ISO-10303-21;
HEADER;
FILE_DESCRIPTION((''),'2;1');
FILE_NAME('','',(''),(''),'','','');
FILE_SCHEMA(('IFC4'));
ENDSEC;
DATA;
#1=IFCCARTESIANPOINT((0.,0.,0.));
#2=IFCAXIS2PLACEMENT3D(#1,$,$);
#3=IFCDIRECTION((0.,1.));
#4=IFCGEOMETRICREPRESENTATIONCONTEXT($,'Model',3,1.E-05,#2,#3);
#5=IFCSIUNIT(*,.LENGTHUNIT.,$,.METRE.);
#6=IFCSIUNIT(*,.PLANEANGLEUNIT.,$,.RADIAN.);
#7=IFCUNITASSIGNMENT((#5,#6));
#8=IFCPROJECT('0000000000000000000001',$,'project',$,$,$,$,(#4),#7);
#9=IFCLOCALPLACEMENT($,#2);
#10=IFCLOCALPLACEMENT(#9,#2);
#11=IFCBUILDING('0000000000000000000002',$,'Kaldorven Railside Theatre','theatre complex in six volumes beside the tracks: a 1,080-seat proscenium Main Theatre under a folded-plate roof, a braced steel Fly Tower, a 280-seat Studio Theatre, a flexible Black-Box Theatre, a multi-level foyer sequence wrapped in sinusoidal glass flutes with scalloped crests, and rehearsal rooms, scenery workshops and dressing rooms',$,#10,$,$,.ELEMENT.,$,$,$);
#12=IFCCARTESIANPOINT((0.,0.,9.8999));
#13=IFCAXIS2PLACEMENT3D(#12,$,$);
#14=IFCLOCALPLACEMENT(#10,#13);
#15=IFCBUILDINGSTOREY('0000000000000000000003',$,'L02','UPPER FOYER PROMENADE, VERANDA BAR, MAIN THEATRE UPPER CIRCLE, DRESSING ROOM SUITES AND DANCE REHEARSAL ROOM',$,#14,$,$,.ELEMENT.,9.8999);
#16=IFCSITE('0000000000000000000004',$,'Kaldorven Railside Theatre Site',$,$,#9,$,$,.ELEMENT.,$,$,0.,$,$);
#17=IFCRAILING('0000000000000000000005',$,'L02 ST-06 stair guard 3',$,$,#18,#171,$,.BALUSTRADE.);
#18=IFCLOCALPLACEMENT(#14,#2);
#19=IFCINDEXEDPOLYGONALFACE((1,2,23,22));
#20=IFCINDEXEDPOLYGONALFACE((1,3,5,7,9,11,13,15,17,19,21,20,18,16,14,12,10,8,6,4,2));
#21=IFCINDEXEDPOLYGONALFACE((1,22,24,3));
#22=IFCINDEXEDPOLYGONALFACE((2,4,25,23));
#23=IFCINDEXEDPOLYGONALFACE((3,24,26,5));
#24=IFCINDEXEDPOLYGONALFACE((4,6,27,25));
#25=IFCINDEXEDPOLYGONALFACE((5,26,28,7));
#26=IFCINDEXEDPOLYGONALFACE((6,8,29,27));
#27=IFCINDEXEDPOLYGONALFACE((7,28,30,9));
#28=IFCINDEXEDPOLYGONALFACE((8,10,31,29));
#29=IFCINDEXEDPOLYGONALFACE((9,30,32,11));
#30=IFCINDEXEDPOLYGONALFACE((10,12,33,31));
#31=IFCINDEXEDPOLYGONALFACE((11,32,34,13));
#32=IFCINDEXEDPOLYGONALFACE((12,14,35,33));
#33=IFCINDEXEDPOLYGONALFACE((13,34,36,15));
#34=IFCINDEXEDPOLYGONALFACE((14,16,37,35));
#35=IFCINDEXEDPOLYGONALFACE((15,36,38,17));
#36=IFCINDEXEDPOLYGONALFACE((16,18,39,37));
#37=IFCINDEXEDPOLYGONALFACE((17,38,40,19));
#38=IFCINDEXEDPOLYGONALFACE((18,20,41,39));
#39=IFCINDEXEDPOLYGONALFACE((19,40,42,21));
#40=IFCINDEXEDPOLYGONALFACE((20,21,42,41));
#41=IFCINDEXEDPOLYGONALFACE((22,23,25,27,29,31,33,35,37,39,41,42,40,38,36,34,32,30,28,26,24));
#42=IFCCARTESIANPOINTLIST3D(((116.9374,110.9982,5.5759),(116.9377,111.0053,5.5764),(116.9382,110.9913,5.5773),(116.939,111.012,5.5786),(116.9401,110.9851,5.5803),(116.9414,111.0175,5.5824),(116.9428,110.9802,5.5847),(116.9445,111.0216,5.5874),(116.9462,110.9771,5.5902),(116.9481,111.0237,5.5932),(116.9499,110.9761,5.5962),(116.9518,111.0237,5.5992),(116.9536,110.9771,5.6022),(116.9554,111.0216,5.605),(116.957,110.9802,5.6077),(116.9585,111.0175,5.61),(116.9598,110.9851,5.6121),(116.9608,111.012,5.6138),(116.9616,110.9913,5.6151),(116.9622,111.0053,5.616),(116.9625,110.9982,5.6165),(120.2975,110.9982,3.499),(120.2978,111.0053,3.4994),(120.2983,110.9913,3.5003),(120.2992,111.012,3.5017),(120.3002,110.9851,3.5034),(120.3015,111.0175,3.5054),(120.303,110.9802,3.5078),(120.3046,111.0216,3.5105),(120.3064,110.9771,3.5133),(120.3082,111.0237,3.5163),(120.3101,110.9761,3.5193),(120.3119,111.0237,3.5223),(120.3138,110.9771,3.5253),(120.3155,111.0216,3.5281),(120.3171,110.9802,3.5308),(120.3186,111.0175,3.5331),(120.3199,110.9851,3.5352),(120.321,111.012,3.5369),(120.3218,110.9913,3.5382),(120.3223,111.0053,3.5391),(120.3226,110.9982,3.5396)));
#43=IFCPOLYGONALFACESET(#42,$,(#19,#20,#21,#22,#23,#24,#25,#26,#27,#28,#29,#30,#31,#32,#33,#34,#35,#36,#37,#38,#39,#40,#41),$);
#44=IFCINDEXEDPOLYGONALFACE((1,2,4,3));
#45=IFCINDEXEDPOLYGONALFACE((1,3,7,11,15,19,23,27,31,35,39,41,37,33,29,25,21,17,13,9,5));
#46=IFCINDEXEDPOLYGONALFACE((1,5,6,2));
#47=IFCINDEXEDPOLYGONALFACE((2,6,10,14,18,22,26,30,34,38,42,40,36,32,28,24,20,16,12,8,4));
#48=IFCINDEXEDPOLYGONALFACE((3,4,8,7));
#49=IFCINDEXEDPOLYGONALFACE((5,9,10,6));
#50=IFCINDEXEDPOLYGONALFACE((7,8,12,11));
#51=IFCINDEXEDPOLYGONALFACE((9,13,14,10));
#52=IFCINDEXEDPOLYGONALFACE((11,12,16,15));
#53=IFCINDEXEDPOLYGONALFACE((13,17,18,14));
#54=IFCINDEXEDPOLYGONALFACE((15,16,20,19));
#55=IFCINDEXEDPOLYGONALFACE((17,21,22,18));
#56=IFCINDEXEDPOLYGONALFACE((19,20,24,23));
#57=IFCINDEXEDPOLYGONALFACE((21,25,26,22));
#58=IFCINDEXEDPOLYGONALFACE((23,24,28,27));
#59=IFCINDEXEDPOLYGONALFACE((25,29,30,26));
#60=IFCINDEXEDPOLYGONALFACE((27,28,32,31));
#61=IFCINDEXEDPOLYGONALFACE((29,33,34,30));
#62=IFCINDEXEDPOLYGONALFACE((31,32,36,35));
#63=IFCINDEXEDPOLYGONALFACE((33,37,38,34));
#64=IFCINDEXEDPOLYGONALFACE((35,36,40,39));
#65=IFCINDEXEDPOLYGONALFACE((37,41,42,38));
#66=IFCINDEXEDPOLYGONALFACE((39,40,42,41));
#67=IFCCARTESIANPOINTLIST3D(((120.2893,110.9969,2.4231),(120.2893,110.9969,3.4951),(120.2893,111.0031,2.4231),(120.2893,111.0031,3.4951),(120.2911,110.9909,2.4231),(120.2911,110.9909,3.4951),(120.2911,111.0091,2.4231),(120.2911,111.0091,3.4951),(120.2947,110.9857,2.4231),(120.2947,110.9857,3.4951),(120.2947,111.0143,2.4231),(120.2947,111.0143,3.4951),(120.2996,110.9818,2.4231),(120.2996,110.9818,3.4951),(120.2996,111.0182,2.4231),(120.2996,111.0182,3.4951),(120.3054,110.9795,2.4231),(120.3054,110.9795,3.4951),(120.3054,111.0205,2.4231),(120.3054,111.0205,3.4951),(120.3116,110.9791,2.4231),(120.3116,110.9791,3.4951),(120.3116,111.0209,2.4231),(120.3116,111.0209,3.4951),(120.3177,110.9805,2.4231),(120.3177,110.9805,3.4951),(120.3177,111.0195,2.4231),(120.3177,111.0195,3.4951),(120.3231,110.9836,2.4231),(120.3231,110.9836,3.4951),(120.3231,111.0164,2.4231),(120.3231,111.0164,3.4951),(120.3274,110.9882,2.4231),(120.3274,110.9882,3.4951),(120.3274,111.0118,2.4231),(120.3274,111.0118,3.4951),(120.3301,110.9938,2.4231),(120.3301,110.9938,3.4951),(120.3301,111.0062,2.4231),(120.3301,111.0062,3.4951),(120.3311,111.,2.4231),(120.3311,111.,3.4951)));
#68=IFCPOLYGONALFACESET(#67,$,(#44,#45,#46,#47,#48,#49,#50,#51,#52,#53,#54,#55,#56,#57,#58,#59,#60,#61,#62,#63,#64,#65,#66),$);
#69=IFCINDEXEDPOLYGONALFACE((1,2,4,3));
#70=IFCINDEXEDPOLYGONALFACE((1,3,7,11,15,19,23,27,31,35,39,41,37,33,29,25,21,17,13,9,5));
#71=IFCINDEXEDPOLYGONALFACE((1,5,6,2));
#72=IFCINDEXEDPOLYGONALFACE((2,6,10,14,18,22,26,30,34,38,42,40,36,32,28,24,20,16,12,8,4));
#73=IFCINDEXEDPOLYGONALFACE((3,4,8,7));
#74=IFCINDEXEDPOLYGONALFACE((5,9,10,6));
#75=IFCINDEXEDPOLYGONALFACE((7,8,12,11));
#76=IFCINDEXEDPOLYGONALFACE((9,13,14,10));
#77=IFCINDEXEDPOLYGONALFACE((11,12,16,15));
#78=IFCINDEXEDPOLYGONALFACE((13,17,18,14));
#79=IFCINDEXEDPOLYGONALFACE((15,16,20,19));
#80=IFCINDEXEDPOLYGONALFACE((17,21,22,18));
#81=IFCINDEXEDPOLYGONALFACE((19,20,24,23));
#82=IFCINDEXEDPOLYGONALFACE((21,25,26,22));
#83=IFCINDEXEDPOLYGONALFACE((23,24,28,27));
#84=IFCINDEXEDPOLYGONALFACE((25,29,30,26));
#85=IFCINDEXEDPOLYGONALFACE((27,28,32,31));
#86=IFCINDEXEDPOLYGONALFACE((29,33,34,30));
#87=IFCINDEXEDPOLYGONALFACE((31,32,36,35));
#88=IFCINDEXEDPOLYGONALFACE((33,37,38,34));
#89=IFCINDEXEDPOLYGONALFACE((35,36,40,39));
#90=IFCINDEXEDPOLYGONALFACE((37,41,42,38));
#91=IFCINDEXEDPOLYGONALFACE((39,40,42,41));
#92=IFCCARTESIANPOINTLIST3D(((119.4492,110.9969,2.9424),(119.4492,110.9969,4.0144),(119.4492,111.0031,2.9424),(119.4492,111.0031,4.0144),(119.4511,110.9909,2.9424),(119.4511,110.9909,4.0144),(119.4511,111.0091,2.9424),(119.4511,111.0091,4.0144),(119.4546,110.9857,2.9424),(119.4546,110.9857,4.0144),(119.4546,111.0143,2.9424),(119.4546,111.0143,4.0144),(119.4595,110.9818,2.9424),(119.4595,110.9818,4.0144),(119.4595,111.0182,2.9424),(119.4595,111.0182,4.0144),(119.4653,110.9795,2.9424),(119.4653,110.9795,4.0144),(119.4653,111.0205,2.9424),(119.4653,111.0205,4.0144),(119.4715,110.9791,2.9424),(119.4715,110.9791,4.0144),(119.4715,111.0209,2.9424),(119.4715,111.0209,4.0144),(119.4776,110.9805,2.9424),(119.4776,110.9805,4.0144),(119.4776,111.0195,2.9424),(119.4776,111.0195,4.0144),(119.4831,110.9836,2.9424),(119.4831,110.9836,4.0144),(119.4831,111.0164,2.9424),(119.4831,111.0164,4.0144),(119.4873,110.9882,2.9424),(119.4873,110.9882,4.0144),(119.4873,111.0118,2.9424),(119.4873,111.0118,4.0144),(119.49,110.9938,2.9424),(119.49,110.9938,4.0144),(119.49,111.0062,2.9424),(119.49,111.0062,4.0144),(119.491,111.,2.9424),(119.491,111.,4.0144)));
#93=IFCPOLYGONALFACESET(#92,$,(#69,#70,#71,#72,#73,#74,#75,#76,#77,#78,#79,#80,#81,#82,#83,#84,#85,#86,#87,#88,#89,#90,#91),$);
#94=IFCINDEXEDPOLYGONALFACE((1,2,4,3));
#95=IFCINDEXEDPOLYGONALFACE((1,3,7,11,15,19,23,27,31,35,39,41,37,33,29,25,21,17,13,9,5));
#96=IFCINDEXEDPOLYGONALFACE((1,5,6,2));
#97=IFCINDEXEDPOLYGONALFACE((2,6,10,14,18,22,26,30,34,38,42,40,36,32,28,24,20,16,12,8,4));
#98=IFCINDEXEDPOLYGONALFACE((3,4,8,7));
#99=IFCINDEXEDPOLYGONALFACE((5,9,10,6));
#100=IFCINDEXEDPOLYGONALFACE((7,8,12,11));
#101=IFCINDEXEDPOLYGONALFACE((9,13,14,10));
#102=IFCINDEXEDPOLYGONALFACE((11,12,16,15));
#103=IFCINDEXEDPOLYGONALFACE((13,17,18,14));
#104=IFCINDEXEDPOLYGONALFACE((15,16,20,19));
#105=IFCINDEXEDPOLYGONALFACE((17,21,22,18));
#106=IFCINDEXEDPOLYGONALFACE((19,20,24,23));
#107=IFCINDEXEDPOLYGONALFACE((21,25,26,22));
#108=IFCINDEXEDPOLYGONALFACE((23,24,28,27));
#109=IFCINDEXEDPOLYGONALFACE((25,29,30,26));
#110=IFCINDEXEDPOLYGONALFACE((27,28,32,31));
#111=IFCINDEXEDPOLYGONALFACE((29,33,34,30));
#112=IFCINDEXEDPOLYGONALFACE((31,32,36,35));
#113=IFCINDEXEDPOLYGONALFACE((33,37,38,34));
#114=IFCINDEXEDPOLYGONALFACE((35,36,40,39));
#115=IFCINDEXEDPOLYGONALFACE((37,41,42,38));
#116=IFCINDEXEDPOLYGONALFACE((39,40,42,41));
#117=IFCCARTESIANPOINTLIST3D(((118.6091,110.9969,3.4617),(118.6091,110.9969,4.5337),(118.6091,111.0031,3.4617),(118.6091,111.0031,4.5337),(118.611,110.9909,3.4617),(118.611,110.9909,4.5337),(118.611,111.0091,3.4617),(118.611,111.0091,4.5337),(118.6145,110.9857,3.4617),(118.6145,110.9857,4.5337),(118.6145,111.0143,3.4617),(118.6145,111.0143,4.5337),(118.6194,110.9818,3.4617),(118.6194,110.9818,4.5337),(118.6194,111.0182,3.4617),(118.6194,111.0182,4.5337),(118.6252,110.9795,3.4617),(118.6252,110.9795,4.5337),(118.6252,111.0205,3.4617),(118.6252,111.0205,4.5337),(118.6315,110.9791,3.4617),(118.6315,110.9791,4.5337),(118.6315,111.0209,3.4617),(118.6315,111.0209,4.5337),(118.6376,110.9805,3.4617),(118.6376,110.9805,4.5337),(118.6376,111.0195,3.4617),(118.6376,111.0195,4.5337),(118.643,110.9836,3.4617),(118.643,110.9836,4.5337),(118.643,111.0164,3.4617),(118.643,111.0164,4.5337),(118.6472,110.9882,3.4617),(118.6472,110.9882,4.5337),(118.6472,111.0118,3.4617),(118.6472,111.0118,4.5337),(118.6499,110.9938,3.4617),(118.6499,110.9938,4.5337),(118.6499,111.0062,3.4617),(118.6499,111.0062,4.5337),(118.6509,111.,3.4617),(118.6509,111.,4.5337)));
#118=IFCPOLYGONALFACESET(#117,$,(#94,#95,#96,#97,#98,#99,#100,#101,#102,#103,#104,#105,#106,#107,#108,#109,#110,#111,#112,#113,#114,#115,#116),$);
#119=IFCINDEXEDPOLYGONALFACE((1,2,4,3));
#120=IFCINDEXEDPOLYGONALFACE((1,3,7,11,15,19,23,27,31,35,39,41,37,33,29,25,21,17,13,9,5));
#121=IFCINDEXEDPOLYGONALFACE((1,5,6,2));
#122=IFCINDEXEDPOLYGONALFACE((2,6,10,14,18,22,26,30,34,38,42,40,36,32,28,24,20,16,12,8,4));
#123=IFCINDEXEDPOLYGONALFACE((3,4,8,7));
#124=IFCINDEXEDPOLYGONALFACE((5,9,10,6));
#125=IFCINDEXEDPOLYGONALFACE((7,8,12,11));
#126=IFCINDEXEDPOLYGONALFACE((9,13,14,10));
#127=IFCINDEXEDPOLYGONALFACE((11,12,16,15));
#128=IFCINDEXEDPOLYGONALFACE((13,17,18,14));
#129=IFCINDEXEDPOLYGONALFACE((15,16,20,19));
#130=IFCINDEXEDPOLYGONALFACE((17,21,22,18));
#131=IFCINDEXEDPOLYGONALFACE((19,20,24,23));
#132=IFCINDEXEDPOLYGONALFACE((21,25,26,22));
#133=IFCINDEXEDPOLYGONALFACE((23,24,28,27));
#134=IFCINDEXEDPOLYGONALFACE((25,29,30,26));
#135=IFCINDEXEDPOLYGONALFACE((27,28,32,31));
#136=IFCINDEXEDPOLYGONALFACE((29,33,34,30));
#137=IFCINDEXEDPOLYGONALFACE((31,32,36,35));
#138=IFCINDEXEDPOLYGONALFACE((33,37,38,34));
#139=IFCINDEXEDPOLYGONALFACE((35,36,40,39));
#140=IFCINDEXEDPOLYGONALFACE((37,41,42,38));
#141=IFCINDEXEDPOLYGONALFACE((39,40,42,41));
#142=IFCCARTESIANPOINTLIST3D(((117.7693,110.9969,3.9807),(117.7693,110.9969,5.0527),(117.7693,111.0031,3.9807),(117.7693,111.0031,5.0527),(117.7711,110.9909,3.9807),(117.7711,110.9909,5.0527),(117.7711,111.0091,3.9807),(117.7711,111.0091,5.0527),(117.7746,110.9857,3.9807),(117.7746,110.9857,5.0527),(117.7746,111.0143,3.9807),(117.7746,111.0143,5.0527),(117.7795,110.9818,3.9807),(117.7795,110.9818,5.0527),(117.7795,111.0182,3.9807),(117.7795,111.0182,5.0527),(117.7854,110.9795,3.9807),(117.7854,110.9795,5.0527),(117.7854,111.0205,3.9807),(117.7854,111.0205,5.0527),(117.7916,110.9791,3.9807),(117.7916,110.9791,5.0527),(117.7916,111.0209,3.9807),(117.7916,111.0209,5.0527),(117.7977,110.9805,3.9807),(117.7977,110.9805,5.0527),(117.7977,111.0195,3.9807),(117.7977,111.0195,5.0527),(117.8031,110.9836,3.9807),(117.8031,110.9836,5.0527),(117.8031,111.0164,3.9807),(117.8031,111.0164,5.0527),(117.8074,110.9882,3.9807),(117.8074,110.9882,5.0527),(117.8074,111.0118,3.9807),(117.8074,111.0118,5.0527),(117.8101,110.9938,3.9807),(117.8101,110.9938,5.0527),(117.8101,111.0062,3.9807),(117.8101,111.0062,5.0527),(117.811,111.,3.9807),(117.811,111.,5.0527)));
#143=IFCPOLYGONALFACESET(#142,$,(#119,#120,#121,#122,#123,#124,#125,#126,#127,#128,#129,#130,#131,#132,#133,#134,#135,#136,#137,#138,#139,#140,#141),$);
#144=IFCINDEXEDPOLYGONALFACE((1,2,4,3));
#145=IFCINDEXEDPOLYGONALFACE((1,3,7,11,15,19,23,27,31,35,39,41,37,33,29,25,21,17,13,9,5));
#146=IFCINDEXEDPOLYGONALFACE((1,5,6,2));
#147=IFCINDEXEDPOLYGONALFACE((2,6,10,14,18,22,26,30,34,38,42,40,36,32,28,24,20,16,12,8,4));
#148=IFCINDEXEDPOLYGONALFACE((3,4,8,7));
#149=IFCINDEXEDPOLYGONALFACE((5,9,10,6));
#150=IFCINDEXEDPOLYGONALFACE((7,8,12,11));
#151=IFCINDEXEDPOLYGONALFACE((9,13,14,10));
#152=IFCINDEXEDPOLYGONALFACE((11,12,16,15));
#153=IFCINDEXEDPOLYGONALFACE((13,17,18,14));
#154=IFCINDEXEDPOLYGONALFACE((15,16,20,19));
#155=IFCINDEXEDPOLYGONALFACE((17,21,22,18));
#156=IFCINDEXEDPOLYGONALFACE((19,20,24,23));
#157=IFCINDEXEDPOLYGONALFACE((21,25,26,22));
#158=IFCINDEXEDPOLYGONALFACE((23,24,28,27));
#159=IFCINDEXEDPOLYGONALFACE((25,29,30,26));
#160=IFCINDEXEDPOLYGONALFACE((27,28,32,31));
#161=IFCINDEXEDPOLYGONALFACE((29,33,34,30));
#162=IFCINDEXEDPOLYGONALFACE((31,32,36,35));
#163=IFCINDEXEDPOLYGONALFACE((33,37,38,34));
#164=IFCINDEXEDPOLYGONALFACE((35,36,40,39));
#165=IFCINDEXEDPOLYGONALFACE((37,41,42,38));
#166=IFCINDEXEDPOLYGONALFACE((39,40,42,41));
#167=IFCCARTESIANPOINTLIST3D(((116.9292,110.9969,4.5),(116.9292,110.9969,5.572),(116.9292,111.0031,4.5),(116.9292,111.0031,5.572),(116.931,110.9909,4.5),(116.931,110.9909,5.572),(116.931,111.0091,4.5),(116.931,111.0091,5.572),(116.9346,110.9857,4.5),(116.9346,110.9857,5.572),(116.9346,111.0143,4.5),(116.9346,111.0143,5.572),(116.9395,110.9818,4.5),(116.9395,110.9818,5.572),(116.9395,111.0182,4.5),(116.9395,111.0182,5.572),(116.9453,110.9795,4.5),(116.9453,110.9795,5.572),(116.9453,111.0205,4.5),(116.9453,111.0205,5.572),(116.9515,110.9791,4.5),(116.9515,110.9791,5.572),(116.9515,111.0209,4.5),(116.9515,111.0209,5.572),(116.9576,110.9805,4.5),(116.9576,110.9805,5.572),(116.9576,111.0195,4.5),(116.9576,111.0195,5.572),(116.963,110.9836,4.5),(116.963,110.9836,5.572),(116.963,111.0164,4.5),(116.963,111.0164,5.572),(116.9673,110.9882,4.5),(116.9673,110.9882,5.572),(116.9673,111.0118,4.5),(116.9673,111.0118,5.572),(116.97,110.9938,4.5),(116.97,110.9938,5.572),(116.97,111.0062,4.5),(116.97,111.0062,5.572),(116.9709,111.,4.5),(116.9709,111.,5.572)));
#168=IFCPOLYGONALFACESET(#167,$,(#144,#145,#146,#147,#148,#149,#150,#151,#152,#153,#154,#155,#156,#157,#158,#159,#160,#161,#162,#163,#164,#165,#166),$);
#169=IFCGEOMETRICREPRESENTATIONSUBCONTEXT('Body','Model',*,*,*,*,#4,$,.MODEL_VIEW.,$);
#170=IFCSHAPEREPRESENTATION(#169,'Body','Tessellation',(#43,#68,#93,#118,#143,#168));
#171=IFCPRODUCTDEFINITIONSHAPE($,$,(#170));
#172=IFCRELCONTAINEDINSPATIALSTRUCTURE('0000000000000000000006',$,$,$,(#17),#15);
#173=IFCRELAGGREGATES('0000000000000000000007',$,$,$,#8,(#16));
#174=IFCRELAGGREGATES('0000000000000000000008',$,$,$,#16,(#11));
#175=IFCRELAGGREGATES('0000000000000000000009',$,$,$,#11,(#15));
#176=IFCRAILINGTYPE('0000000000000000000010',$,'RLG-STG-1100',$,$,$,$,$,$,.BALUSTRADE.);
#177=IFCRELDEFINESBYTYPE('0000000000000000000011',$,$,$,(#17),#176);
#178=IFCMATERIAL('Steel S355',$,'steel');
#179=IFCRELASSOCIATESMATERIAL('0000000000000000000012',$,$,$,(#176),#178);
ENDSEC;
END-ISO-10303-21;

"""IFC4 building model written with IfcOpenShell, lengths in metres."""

from ifc_helpers import new_model, si_unit, direction, frame, origin, origin_2d, place, context, subcontext, project, spatial, circle, extrude, material, type_object, element, save


model = new_model("IFC4")

# Units and contexts
model_context = context("Model", 3, precision=1e-05, world=origin(), true_north=direction((0.0, 1.0)))
body_context = subcontext(model_context, "Body", "Model", "MODEL_VIEW")
ifc_project = project(units=[si_unit("LENGTHUNIT", "METRE"), si_unit("PLANEANGLEUNIT", "RADIAN")], contexts=[model_context])

# Site, building, storey
site_placement = place(None, origin())
site = spatial("IfcSite", under=ifc_project, at=site_placement, Name="Kaldorven Railside Theatre Site", CompositionType="ELEMENT", RefElevation=0.0)
building_placement = place(site_placement, origin())
building = spatial("IfcBuilding", under=site, at=building_placement, Name="Kaldorven Railside Theatre", Description="theatre complex in six volumes beside the tracks: a 1,080-seat proscenium Main Theatre under a folded-plate roof, a braced steel Fly Tower, a 280-seat Studio Theatre, a flexible Black-Box Theatre, a multi-level foyer sequence wrapped in sinusoidal glass flutes with scalloped crests, and rehearsal rooms, scenery workshops and dressing rooms", CompositionType="ELEMENT")
storey_placement = place(building_placement, frame((0.0, 0.0, 9.8999)))
storey = spatial("IfcBuildingStorey", under=building, at=storey_placement, Name="L02", Description="UPPER FOYER PROMENADE, VERANDA BAR, MAIN THEATRE UPPER CIRCLE, DRESSING ROOM SUITES AND DANCE REHEARSAL ROOM", CompositionType="ELEMENT", Elevation=9.8999)

# Shared definitions
ifc_material_1 = material(Name="Steel S355", Category="steel")

# Railing
railing_type_1 = type_object("IfcRailingType", Name="RLG-STG-1100", PredefinedType="BALUSTRADE", material=ifc_material_1)
railing_1_placement = place(storey_placement, frame((120.3101, 111.0, 2.4231)))
element("IfcRailing", 1, at=railing_1_placement, inside=storey, type_object=railing_type_1, Name="L02 ST-06 stair guard 3", PredefinedType="BALUSTRADE", context=body_context, shape_type="SweptSolid", body=[
    extrude(circle(Radius=0.0239, at=origin_2d()), frame((0.0, 0.0, 1.0962), z_axis=(-0.850623, 0.0, 0.525776), x_axis=(0.0, -1.0, 0.0)), (0.0, 0.0, 1.0), 3.9502),
    extrude(circle(Radius=0.021, at=origin_2d()), origin(), (0.0, 0.0, 1.0), 1.072),
    extrude(circle(Radius=0.021, at=origin_2d()), frame((-0.8401, 0.0, 0.5193)), (0.0, 0.0, 1.0), 1.072),
    extrude(circle(Radius=0.021, at=origin_2d()), frame((-1.6802, 0.0, 1.0386)), (0.0, 0.0, 1.0), 1.072),
    extrude(circle(Radius=0.021, at=origin_2d()), frame((-2.52, 0.0, 1.5576)), (0.0, 0.0, 1.0), 1.072),
    extrude(circle(Radius=0.021, at=origin_2d()), frame((-3.3601, 0.0, 2.0769)), (0.0, 0.0, 1.0), 1.072),
])

save(model, "model.ifc")
